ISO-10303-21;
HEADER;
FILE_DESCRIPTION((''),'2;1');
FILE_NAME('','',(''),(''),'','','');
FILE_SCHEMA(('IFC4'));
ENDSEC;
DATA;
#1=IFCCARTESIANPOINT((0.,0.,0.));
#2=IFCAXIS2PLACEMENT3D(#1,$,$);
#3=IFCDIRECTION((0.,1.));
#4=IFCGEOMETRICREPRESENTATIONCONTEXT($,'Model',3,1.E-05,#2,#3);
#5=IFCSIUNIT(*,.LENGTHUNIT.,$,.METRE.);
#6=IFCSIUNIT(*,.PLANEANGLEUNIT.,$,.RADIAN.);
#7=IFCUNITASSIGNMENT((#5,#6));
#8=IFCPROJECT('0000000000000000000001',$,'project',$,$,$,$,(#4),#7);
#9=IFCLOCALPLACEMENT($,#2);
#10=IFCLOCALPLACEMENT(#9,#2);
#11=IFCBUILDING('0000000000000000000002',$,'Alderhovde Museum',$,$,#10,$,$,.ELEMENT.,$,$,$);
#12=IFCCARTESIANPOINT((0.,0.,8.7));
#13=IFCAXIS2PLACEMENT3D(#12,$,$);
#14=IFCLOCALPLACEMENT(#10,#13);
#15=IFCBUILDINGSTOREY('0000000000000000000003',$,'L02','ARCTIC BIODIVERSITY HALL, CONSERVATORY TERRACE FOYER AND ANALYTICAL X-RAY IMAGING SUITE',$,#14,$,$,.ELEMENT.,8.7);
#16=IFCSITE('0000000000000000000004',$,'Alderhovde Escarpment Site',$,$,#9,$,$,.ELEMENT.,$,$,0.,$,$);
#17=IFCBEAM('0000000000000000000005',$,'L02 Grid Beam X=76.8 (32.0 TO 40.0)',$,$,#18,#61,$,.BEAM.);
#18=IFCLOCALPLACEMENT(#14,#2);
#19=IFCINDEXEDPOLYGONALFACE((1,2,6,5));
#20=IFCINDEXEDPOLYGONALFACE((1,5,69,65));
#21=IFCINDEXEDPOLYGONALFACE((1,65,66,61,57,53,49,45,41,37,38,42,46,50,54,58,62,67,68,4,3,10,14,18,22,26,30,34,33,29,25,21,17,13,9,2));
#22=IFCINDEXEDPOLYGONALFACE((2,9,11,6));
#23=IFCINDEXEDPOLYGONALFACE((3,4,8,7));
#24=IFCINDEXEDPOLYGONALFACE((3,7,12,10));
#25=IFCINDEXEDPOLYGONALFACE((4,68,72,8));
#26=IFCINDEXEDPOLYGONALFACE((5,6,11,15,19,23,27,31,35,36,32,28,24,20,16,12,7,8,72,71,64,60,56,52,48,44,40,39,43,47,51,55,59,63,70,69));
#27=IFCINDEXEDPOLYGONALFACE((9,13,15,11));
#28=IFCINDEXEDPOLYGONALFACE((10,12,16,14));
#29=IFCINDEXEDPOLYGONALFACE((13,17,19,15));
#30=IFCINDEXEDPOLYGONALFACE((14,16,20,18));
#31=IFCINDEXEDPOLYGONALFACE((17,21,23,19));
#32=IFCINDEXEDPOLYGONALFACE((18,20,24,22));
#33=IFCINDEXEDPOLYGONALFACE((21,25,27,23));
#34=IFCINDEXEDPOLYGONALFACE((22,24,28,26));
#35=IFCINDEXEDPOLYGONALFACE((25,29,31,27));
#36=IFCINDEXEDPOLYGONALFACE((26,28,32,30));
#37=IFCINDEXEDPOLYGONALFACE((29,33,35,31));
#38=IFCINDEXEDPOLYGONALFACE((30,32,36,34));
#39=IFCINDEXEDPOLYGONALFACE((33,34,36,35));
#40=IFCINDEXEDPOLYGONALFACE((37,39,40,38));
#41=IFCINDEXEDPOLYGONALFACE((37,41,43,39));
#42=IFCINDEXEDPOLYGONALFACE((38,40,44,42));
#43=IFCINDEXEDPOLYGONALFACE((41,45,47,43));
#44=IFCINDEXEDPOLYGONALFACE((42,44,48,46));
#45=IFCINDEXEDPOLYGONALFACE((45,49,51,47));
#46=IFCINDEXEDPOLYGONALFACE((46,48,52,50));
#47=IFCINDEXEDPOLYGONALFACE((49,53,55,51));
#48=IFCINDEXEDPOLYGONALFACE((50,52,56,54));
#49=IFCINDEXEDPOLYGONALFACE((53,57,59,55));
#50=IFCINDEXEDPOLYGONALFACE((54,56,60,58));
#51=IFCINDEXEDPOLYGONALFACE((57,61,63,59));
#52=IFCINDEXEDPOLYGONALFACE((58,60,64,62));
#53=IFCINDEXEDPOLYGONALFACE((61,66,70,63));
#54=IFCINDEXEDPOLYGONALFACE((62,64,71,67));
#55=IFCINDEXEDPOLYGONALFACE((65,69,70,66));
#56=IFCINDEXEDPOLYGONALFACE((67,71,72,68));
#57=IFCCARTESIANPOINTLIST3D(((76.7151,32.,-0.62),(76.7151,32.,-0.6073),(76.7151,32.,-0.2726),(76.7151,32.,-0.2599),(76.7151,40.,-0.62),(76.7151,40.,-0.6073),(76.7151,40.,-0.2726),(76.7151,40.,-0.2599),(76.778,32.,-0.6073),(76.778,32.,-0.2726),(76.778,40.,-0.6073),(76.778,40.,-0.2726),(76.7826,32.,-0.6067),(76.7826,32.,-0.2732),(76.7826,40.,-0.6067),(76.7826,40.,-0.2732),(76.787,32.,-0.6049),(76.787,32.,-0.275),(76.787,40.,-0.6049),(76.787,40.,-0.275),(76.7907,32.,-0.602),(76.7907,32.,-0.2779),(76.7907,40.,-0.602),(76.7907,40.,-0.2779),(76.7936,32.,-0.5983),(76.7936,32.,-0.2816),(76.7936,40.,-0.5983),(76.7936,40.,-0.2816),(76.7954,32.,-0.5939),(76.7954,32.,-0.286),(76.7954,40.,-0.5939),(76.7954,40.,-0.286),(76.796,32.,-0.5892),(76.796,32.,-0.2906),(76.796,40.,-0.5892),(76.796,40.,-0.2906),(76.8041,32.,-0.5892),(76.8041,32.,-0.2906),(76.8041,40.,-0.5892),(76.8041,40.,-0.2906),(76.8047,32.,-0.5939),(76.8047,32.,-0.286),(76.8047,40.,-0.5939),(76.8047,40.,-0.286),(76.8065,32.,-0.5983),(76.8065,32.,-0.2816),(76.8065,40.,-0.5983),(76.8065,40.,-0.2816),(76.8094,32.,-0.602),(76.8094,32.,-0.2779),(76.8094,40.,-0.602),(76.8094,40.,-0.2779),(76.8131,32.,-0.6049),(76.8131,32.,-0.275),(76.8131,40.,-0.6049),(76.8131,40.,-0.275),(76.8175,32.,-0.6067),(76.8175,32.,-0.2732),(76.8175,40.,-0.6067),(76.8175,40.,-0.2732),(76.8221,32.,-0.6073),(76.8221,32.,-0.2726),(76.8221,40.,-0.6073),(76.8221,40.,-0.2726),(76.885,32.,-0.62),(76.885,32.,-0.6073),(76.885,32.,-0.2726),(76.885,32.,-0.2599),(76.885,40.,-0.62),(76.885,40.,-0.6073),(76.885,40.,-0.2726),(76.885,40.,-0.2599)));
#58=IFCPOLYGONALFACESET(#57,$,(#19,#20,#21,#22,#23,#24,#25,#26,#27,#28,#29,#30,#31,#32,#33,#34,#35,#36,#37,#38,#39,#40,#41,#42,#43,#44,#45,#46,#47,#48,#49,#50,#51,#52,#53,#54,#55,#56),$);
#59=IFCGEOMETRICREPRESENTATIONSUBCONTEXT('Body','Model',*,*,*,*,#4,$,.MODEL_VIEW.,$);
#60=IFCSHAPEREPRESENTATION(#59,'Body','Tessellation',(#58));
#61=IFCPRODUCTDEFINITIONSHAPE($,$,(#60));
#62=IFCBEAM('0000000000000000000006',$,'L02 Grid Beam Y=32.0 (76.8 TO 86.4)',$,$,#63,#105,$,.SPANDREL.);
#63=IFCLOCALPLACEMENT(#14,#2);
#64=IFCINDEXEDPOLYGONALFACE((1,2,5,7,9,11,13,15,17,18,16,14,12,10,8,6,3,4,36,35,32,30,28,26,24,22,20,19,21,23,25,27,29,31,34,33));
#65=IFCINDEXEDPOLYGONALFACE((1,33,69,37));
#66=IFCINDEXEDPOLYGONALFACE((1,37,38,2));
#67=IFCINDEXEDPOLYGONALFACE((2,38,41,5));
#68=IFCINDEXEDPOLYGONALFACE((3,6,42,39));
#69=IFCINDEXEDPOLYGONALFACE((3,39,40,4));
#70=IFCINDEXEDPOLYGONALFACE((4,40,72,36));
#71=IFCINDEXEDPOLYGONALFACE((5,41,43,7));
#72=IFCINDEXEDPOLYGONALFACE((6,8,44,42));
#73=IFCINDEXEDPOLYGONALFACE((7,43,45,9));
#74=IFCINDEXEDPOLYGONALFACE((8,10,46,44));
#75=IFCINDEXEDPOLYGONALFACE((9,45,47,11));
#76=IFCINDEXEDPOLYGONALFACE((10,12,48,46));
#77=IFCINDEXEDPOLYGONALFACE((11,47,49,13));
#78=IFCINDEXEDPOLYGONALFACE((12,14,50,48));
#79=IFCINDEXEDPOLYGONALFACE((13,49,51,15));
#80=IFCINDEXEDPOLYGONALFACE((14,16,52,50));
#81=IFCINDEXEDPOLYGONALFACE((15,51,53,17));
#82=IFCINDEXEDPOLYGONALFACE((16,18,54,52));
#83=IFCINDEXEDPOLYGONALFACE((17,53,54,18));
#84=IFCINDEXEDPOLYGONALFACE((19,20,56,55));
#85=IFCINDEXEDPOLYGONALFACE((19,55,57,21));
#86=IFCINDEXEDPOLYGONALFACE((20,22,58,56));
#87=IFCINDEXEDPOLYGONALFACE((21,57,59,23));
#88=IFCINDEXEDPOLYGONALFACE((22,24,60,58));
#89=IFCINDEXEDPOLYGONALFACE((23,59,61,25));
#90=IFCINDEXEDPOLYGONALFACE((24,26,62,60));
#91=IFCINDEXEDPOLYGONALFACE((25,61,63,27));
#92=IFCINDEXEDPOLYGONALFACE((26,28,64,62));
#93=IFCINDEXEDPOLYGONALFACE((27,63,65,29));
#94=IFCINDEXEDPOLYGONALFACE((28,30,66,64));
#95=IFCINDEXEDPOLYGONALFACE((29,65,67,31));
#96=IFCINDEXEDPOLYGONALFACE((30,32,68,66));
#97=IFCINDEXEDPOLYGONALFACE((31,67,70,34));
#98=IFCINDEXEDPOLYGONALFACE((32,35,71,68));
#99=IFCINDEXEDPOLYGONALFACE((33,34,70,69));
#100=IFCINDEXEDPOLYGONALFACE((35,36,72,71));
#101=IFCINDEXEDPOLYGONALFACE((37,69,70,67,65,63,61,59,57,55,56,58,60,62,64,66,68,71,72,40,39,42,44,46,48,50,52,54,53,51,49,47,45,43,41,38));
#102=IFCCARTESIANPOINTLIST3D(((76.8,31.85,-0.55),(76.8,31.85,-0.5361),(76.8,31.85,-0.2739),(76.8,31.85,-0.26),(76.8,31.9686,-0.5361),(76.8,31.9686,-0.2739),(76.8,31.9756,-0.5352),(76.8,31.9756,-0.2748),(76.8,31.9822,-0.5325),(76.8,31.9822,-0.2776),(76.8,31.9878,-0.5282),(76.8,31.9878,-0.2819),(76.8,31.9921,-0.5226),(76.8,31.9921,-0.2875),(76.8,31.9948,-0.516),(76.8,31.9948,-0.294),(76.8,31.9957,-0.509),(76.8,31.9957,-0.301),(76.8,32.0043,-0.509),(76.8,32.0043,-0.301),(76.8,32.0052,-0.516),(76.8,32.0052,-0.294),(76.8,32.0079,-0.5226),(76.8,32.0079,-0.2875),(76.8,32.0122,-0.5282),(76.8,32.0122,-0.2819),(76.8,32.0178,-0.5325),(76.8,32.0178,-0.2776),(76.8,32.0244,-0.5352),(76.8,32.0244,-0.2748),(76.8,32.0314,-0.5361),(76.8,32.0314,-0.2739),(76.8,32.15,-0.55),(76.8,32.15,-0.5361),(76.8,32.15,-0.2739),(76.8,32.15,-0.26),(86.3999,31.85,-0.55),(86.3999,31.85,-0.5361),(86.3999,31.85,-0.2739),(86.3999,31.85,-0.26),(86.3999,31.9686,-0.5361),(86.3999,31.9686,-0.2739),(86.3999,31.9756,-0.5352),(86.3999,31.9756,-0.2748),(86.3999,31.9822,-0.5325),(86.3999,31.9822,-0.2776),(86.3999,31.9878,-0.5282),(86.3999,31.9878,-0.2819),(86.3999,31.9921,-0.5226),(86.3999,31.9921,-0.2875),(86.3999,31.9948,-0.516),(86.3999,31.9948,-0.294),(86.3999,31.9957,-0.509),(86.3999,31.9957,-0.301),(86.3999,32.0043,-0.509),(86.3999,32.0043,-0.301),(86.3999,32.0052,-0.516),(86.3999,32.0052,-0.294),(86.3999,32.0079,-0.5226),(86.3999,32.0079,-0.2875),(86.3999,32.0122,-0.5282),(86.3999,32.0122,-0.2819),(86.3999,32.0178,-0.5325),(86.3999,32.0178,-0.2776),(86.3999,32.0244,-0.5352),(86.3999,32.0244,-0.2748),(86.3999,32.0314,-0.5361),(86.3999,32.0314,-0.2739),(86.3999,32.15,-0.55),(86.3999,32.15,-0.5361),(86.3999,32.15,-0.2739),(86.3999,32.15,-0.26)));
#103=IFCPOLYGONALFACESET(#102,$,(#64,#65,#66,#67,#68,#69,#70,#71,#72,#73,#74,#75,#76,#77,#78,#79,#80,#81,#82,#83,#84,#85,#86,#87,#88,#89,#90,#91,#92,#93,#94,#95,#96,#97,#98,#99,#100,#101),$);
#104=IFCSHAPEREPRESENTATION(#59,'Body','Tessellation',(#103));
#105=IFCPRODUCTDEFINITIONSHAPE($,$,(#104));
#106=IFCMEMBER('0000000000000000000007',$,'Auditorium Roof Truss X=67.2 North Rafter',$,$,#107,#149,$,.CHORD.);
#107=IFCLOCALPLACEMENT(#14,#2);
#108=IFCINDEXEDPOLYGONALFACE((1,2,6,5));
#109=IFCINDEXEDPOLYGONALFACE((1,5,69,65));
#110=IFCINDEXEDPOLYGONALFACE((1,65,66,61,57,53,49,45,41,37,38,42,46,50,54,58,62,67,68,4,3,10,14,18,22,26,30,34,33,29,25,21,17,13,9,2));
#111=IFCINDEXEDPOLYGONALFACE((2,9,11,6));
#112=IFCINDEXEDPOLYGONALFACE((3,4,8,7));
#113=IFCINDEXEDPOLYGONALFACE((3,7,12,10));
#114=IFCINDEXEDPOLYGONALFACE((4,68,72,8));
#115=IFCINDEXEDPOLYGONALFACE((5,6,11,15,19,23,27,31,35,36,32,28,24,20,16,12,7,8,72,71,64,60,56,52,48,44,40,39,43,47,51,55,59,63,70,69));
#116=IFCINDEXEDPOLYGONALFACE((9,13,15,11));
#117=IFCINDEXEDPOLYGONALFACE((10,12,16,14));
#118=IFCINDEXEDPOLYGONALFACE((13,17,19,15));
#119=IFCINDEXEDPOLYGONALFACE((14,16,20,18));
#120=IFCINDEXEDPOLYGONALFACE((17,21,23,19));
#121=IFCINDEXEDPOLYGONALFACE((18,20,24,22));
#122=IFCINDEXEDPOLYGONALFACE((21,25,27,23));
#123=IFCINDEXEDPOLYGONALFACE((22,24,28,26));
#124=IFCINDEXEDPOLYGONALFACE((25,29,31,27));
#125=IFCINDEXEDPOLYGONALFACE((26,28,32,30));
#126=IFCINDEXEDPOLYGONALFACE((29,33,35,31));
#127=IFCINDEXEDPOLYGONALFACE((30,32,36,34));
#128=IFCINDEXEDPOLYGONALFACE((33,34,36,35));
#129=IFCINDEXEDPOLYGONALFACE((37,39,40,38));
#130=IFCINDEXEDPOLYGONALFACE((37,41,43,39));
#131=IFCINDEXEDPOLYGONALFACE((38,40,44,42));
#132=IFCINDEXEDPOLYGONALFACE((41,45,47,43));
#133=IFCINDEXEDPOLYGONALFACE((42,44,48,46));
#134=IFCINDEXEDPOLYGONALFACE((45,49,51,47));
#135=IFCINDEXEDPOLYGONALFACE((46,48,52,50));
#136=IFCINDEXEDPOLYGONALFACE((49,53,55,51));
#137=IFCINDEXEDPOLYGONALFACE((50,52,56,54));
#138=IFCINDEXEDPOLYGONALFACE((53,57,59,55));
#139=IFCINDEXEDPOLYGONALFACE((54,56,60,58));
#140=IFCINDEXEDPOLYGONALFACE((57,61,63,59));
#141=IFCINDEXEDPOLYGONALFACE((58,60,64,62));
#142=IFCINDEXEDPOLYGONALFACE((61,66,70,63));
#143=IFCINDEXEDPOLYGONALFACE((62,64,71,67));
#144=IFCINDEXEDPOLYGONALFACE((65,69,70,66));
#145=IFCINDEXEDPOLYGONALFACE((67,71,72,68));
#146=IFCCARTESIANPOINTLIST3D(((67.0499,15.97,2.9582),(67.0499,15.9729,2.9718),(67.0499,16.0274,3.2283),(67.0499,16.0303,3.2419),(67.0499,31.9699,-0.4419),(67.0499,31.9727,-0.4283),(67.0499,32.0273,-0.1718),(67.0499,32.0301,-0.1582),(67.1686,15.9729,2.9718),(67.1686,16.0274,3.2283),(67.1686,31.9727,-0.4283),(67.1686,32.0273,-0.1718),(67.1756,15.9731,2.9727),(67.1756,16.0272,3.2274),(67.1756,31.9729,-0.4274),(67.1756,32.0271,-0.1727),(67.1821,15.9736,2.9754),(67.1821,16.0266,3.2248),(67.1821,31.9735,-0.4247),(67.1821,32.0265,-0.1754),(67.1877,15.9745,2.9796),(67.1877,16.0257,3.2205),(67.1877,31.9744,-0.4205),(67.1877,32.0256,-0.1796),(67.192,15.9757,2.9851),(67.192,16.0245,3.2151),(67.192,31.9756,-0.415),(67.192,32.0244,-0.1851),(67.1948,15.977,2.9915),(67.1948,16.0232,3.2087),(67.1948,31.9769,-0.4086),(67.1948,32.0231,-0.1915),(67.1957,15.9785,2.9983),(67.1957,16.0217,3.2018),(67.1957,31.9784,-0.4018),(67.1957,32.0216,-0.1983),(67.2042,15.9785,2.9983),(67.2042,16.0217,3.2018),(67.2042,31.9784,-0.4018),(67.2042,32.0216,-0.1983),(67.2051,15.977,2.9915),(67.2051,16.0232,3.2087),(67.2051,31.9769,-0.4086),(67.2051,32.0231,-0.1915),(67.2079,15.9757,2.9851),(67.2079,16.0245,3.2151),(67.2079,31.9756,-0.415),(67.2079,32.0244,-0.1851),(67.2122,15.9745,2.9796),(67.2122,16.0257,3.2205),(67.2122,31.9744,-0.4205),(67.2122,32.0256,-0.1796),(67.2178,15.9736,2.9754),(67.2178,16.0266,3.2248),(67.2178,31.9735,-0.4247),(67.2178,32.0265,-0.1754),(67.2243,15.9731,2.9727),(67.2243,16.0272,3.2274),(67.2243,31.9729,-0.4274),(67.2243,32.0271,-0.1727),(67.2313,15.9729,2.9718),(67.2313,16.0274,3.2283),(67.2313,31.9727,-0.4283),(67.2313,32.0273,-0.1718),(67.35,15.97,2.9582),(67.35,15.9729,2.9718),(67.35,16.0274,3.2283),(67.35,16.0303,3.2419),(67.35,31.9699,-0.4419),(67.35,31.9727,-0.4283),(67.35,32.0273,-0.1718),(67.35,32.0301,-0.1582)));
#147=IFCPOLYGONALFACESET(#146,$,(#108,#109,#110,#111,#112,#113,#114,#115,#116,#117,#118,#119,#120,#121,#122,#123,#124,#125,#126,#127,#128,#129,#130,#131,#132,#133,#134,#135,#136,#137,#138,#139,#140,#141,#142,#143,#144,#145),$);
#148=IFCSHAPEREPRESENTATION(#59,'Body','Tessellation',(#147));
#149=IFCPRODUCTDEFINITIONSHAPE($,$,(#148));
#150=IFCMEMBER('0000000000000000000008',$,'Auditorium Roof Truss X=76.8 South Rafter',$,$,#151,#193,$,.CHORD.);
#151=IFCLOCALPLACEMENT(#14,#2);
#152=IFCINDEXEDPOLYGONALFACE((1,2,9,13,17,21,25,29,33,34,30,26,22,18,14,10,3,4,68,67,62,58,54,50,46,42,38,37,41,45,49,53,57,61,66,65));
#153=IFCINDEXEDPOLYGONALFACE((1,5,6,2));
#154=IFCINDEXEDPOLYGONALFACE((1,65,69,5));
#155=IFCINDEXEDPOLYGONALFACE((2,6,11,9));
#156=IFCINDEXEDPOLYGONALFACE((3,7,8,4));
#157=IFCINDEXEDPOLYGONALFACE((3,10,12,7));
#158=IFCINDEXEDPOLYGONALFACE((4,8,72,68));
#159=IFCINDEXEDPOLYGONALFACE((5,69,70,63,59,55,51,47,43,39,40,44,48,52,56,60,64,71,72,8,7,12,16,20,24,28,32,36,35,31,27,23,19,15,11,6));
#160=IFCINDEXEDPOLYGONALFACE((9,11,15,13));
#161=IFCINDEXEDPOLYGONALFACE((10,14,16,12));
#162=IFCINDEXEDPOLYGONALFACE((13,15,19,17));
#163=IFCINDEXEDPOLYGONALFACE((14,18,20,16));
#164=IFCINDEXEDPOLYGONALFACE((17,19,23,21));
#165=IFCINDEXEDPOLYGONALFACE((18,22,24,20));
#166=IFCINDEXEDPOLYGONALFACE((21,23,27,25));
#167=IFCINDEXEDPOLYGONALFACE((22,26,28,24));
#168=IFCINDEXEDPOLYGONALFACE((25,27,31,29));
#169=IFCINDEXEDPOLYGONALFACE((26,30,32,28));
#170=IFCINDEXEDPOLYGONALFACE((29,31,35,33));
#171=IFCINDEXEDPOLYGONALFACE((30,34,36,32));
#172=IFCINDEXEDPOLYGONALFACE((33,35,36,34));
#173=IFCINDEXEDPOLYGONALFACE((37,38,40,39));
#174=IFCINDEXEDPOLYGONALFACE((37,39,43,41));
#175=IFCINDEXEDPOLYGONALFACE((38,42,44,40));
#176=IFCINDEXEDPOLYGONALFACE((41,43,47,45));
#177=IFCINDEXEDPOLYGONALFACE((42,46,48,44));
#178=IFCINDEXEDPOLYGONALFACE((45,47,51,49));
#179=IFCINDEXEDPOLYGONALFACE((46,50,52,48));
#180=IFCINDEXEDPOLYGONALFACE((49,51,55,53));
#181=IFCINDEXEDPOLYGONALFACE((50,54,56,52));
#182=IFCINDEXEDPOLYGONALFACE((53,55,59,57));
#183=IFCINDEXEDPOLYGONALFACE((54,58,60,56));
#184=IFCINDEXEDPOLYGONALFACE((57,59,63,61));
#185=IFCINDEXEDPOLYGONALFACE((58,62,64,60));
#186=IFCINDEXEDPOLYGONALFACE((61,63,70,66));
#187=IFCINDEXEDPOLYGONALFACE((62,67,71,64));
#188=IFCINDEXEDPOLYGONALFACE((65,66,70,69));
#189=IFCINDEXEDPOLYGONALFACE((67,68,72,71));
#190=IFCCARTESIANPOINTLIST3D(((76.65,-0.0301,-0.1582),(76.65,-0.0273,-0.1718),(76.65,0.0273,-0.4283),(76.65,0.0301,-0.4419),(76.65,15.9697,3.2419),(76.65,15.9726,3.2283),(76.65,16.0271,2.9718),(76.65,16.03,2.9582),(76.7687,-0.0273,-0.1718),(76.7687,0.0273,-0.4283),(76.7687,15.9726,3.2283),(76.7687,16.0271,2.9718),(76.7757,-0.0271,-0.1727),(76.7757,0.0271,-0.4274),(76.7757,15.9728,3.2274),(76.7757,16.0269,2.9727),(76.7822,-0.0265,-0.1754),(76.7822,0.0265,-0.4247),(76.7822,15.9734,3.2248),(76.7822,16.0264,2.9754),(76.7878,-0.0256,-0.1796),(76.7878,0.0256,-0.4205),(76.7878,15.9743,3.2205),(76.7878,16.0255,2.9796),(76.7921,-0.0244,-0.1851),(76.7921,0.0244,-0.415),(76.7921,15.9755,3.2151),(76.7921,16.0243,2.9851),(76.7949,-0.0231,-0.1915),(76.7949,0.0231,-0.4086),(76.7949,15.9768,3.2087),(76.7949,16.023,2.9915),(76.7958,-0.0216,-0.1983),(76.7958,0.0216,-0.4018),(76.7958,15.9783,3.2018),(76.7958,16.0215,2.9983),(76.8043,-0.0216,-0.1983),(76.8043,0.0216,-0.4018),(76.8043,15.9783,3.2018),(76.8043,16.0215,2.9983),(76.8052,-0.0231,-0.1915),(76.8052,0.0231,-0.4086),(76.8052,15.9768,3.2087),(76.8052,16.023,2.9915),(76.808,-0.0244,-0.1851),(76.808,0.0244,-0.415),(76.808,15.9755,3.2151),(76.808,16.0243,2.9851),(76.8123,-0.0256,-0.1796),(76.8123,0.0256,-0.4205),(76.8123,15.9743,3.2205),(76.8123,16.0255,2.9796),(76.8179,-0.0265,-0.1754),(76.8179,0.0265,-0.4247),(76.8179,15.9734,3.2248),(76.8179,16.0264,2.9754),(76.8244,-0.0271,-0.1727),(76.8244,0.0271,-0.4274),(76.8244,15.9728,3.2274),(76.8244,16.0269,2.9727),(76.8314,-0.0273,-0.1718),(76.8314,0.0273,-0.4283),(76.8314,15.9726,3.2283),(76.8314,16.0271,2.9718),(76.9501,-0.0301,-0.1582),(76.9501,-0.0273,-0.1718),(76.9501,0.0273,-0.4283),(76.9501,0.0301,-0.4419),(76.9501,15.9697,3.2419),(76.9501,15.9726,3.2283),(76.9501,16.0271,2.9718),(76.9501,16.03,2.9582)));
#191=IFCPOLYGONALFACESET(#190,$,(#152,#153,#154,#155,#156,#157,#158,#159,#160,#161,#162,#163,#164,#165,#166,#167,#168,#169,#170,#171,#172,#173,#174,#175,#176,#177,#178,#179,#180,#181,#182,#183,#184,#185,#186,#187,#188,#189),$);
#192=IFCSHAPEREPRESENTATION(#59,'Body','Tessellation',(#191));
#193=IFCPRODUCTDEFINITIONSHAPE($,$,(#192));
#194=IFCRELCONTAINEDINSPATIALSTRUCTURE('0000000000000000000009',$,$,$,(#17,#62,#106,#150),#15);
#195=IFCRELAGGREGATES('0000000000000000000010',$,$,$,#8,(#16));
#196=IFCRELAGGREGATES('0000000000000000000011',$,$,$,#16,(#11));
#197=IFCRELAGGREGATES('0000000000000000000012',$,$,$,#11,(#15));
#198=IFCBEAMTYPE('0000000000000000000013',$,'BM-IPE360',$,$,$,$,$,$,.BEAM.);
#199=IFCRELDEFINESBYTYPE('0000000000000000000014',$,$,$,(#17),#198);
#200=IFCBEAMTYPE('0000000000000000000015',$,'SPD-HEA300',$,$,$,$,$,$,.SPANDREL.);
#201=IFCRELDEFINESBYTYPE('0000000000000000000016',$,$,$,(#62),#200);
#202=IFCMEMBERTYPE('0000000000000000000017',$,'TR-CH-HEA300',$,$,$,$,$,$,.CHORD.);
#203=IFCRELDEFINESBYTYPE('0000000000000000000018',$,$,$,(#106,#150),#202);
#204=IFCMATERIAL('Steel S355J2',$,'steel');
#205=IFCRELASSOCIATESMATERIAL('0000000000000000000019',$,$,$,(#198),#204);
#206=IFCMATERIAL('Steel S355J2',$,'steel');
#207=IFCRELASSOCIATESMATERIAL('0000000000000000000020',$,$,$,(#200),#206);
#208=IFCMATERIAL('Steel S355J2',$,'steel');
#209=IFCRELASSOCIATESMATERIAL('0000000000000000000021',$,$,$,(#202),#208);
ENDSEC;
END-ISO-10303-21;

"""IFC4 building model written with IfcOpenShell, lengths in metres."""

from ifc_helpers import new_model, si_unit, direction, frame, origin, origin_2d, place, context, subcontext, project, spatial, i_section, extrude, material, material_profile, profile_set, type_object, element, save


model = new_model("IFC4")

# Units and contexts
model_context = context("Model", 3, precision=1e-05, world=origin(), true_north=direction((0.0, 1.0)))
body_context = subcontext(model_context, "Body", "Model", "MODEL_VIEW")
ifc_project = project(units=[si_unit("LENGTHUNIT", "METRE"), si_unit("PLANEANGLEUNIT", "RADIAN")], contexts=[model_context])

# Site, building, storey
site_placement = place(None, origin())
site = spatial("IfcSite", under=ifc_project, at=site_placement, Name="Alderhovde Escarpment Site", CompositionType="ELEMENT", RefElevation=0.0)
building_placement = place(site_placement, origin())
building = spatial("IfcBuilding", under=site, at=building_placement, Name="Alderhovde Museum", CompositionType="ELEMENT")
storey_placement = place(building_placement, frame((0.0, 0.0, 8.7)))
storey = spatial("IfcBuildingStorey", under=building, at=storey_placement, Name="L02", Description="ARCTIC BIODIVERSITY HALL, CONSERVATORY TERRACE FOYER AND ANALYTICAL X-RAY IMAGING SUITE", CompositionType="ELEMENT", Elevation=8.7)

# Beams
ifc_material_1 = material(Name="Steel S355J2", Category="steel")
ifc_material_profile_1 = material_profile(ifc_material_1, i_section(OverallWidth=0.1699, OverallDepth=0.3601, WebThickness=0.0081, FlangeThickness=0.0127, FilletRadius=0.0181, at=origin_2d()), Name="IPE 360")
ifc_profile_set_1 = profile_set([ifc_material_profile_1], Name="Steel S355J2")
beam_type_1 = type_object("IfcBeamType", Name="BM-IPE360", PredefinedType="BEAM", material=ifc_profile_set_1)
beam_1_placement = place(storey_placement, frame((76.8, 32.0, -0.4399), z_axis=(0.0, 1.0, 0.0), x_axis=(-1.0, 0.0, 0.0)))
element("IfcBeam", 1, at=beam_1_placement, inside=storey, type_object=beam_type_1, Name="L02 Grid Beam X=76.8 (32.0 TO 40.0)", PredefinedType="BEAM", context=body_context, shape_type="SweptSolid", body=[
    extrude(i_section(OverallWidth=0.1699, OverallDepth=0.3601, WebThickness=0.0081, FlangeThickness=0.0127, FilletRadius=0.0181, at=origin_2d()), origin(), (0.0, 0.0, 1.0), 8.0),
])
ifc_material_2 = material(Name="Steel S355J2", Category="steel")
ifc_material_profile_2 = material_profile(ifc_material_2, i_section(OverallWidth=0.3, OverallDepth=0.29, WebThickness=0.0085, FlangeThickness=0.0139, FilletRadius=0.0271, at=origin_2d()), Name="HEA 300")
ifc_profile_set_2 = profile_set([ifc_material_profile_2], Name="Steel S355J2")
beam_type_2 = type_object("IfcBeamType", Name="SPD-HEA300", PredefinedType="SPANDREL", material=ifc_profile_set_2)
beam_2_placement = place(storey_placement, frame((76.8, 32.0, -0.405), z_axis=(1.0, 0.0, 0.0), x_axis=(0.0, 1.0, 0.0)))
element("IfcBeam", 2, at=beam_2_placement, inside=storey, type_object=beam_type_2, Name="L02 Grid Beam Y=32.0 (76.8 TO 86.4)", PredefinedType="SPANDREL", context=body_context, shape_type="SweptSolid", body=[
    extrude(i_section(OverallWidth=0.3, OverallDepth=0.29, WebThickness=0.0085, FlangeThickness=0.0139, FilletRadius=0.0271, at=origin_2d()), origin(), (0.0, 0.0, 1.0), 9.5999),
])

# Members
ifc_material_3 = material(Name="Steel S355J2", Category="steel")
ifc_material_profile_3 = material_profile(ifc_material_3, i_section(OverallWidth=0.3, OverallDepth=0.29, WebThickness=0.0085, FlangeThickness=0.0139, FilletRadius=0.0271, at=origin_2d()), Name="HEA 300")
ifc_profile_set_3 = profile_set([ifc_material_profile_3], Name="Steel S355J2")
member_type_1 = type_object("IfcMemberType", Name="TR-CH-HEA300", PredefinedType="CHORD", material=ifc_profile_set_3)
for number, where, z_axis, x_axis, name in (
    (3, (67.2, 32.0, -0.3), (0.0, -0.978157, 0.207867), (1.0, 0.0, 0.0), "Auditorium Roof Truss X=67.2 North Rafter"),
    (4, (76.8, 0.0, -0.3), (0.0, 0.978157, 0.207867), (-1.0, 0.0, 0.0), "Auditorium Roof Truss X=76.8 South Rafter"),
):
    element("IfcMember", number, at=place(storey_placement, frame(where, z_axis=z_axis, x_axis=x_axis)), inside=storey, type_object=member_type_1, Name=name, PredefinedType="CHORD", context=body_context, shape_type="SweptSolid", body=[
        extrude(i_section(OverallWidth=0.3, OverallDepth=0.29, WebThickness=0.0085, FlangeThickness=0.0139, FilletRadius=0.0271, at=origin_2d()), origin(), (0.0, 0.0, 1.0), 16.3572),
    ])

save(model, "model.ifc")
